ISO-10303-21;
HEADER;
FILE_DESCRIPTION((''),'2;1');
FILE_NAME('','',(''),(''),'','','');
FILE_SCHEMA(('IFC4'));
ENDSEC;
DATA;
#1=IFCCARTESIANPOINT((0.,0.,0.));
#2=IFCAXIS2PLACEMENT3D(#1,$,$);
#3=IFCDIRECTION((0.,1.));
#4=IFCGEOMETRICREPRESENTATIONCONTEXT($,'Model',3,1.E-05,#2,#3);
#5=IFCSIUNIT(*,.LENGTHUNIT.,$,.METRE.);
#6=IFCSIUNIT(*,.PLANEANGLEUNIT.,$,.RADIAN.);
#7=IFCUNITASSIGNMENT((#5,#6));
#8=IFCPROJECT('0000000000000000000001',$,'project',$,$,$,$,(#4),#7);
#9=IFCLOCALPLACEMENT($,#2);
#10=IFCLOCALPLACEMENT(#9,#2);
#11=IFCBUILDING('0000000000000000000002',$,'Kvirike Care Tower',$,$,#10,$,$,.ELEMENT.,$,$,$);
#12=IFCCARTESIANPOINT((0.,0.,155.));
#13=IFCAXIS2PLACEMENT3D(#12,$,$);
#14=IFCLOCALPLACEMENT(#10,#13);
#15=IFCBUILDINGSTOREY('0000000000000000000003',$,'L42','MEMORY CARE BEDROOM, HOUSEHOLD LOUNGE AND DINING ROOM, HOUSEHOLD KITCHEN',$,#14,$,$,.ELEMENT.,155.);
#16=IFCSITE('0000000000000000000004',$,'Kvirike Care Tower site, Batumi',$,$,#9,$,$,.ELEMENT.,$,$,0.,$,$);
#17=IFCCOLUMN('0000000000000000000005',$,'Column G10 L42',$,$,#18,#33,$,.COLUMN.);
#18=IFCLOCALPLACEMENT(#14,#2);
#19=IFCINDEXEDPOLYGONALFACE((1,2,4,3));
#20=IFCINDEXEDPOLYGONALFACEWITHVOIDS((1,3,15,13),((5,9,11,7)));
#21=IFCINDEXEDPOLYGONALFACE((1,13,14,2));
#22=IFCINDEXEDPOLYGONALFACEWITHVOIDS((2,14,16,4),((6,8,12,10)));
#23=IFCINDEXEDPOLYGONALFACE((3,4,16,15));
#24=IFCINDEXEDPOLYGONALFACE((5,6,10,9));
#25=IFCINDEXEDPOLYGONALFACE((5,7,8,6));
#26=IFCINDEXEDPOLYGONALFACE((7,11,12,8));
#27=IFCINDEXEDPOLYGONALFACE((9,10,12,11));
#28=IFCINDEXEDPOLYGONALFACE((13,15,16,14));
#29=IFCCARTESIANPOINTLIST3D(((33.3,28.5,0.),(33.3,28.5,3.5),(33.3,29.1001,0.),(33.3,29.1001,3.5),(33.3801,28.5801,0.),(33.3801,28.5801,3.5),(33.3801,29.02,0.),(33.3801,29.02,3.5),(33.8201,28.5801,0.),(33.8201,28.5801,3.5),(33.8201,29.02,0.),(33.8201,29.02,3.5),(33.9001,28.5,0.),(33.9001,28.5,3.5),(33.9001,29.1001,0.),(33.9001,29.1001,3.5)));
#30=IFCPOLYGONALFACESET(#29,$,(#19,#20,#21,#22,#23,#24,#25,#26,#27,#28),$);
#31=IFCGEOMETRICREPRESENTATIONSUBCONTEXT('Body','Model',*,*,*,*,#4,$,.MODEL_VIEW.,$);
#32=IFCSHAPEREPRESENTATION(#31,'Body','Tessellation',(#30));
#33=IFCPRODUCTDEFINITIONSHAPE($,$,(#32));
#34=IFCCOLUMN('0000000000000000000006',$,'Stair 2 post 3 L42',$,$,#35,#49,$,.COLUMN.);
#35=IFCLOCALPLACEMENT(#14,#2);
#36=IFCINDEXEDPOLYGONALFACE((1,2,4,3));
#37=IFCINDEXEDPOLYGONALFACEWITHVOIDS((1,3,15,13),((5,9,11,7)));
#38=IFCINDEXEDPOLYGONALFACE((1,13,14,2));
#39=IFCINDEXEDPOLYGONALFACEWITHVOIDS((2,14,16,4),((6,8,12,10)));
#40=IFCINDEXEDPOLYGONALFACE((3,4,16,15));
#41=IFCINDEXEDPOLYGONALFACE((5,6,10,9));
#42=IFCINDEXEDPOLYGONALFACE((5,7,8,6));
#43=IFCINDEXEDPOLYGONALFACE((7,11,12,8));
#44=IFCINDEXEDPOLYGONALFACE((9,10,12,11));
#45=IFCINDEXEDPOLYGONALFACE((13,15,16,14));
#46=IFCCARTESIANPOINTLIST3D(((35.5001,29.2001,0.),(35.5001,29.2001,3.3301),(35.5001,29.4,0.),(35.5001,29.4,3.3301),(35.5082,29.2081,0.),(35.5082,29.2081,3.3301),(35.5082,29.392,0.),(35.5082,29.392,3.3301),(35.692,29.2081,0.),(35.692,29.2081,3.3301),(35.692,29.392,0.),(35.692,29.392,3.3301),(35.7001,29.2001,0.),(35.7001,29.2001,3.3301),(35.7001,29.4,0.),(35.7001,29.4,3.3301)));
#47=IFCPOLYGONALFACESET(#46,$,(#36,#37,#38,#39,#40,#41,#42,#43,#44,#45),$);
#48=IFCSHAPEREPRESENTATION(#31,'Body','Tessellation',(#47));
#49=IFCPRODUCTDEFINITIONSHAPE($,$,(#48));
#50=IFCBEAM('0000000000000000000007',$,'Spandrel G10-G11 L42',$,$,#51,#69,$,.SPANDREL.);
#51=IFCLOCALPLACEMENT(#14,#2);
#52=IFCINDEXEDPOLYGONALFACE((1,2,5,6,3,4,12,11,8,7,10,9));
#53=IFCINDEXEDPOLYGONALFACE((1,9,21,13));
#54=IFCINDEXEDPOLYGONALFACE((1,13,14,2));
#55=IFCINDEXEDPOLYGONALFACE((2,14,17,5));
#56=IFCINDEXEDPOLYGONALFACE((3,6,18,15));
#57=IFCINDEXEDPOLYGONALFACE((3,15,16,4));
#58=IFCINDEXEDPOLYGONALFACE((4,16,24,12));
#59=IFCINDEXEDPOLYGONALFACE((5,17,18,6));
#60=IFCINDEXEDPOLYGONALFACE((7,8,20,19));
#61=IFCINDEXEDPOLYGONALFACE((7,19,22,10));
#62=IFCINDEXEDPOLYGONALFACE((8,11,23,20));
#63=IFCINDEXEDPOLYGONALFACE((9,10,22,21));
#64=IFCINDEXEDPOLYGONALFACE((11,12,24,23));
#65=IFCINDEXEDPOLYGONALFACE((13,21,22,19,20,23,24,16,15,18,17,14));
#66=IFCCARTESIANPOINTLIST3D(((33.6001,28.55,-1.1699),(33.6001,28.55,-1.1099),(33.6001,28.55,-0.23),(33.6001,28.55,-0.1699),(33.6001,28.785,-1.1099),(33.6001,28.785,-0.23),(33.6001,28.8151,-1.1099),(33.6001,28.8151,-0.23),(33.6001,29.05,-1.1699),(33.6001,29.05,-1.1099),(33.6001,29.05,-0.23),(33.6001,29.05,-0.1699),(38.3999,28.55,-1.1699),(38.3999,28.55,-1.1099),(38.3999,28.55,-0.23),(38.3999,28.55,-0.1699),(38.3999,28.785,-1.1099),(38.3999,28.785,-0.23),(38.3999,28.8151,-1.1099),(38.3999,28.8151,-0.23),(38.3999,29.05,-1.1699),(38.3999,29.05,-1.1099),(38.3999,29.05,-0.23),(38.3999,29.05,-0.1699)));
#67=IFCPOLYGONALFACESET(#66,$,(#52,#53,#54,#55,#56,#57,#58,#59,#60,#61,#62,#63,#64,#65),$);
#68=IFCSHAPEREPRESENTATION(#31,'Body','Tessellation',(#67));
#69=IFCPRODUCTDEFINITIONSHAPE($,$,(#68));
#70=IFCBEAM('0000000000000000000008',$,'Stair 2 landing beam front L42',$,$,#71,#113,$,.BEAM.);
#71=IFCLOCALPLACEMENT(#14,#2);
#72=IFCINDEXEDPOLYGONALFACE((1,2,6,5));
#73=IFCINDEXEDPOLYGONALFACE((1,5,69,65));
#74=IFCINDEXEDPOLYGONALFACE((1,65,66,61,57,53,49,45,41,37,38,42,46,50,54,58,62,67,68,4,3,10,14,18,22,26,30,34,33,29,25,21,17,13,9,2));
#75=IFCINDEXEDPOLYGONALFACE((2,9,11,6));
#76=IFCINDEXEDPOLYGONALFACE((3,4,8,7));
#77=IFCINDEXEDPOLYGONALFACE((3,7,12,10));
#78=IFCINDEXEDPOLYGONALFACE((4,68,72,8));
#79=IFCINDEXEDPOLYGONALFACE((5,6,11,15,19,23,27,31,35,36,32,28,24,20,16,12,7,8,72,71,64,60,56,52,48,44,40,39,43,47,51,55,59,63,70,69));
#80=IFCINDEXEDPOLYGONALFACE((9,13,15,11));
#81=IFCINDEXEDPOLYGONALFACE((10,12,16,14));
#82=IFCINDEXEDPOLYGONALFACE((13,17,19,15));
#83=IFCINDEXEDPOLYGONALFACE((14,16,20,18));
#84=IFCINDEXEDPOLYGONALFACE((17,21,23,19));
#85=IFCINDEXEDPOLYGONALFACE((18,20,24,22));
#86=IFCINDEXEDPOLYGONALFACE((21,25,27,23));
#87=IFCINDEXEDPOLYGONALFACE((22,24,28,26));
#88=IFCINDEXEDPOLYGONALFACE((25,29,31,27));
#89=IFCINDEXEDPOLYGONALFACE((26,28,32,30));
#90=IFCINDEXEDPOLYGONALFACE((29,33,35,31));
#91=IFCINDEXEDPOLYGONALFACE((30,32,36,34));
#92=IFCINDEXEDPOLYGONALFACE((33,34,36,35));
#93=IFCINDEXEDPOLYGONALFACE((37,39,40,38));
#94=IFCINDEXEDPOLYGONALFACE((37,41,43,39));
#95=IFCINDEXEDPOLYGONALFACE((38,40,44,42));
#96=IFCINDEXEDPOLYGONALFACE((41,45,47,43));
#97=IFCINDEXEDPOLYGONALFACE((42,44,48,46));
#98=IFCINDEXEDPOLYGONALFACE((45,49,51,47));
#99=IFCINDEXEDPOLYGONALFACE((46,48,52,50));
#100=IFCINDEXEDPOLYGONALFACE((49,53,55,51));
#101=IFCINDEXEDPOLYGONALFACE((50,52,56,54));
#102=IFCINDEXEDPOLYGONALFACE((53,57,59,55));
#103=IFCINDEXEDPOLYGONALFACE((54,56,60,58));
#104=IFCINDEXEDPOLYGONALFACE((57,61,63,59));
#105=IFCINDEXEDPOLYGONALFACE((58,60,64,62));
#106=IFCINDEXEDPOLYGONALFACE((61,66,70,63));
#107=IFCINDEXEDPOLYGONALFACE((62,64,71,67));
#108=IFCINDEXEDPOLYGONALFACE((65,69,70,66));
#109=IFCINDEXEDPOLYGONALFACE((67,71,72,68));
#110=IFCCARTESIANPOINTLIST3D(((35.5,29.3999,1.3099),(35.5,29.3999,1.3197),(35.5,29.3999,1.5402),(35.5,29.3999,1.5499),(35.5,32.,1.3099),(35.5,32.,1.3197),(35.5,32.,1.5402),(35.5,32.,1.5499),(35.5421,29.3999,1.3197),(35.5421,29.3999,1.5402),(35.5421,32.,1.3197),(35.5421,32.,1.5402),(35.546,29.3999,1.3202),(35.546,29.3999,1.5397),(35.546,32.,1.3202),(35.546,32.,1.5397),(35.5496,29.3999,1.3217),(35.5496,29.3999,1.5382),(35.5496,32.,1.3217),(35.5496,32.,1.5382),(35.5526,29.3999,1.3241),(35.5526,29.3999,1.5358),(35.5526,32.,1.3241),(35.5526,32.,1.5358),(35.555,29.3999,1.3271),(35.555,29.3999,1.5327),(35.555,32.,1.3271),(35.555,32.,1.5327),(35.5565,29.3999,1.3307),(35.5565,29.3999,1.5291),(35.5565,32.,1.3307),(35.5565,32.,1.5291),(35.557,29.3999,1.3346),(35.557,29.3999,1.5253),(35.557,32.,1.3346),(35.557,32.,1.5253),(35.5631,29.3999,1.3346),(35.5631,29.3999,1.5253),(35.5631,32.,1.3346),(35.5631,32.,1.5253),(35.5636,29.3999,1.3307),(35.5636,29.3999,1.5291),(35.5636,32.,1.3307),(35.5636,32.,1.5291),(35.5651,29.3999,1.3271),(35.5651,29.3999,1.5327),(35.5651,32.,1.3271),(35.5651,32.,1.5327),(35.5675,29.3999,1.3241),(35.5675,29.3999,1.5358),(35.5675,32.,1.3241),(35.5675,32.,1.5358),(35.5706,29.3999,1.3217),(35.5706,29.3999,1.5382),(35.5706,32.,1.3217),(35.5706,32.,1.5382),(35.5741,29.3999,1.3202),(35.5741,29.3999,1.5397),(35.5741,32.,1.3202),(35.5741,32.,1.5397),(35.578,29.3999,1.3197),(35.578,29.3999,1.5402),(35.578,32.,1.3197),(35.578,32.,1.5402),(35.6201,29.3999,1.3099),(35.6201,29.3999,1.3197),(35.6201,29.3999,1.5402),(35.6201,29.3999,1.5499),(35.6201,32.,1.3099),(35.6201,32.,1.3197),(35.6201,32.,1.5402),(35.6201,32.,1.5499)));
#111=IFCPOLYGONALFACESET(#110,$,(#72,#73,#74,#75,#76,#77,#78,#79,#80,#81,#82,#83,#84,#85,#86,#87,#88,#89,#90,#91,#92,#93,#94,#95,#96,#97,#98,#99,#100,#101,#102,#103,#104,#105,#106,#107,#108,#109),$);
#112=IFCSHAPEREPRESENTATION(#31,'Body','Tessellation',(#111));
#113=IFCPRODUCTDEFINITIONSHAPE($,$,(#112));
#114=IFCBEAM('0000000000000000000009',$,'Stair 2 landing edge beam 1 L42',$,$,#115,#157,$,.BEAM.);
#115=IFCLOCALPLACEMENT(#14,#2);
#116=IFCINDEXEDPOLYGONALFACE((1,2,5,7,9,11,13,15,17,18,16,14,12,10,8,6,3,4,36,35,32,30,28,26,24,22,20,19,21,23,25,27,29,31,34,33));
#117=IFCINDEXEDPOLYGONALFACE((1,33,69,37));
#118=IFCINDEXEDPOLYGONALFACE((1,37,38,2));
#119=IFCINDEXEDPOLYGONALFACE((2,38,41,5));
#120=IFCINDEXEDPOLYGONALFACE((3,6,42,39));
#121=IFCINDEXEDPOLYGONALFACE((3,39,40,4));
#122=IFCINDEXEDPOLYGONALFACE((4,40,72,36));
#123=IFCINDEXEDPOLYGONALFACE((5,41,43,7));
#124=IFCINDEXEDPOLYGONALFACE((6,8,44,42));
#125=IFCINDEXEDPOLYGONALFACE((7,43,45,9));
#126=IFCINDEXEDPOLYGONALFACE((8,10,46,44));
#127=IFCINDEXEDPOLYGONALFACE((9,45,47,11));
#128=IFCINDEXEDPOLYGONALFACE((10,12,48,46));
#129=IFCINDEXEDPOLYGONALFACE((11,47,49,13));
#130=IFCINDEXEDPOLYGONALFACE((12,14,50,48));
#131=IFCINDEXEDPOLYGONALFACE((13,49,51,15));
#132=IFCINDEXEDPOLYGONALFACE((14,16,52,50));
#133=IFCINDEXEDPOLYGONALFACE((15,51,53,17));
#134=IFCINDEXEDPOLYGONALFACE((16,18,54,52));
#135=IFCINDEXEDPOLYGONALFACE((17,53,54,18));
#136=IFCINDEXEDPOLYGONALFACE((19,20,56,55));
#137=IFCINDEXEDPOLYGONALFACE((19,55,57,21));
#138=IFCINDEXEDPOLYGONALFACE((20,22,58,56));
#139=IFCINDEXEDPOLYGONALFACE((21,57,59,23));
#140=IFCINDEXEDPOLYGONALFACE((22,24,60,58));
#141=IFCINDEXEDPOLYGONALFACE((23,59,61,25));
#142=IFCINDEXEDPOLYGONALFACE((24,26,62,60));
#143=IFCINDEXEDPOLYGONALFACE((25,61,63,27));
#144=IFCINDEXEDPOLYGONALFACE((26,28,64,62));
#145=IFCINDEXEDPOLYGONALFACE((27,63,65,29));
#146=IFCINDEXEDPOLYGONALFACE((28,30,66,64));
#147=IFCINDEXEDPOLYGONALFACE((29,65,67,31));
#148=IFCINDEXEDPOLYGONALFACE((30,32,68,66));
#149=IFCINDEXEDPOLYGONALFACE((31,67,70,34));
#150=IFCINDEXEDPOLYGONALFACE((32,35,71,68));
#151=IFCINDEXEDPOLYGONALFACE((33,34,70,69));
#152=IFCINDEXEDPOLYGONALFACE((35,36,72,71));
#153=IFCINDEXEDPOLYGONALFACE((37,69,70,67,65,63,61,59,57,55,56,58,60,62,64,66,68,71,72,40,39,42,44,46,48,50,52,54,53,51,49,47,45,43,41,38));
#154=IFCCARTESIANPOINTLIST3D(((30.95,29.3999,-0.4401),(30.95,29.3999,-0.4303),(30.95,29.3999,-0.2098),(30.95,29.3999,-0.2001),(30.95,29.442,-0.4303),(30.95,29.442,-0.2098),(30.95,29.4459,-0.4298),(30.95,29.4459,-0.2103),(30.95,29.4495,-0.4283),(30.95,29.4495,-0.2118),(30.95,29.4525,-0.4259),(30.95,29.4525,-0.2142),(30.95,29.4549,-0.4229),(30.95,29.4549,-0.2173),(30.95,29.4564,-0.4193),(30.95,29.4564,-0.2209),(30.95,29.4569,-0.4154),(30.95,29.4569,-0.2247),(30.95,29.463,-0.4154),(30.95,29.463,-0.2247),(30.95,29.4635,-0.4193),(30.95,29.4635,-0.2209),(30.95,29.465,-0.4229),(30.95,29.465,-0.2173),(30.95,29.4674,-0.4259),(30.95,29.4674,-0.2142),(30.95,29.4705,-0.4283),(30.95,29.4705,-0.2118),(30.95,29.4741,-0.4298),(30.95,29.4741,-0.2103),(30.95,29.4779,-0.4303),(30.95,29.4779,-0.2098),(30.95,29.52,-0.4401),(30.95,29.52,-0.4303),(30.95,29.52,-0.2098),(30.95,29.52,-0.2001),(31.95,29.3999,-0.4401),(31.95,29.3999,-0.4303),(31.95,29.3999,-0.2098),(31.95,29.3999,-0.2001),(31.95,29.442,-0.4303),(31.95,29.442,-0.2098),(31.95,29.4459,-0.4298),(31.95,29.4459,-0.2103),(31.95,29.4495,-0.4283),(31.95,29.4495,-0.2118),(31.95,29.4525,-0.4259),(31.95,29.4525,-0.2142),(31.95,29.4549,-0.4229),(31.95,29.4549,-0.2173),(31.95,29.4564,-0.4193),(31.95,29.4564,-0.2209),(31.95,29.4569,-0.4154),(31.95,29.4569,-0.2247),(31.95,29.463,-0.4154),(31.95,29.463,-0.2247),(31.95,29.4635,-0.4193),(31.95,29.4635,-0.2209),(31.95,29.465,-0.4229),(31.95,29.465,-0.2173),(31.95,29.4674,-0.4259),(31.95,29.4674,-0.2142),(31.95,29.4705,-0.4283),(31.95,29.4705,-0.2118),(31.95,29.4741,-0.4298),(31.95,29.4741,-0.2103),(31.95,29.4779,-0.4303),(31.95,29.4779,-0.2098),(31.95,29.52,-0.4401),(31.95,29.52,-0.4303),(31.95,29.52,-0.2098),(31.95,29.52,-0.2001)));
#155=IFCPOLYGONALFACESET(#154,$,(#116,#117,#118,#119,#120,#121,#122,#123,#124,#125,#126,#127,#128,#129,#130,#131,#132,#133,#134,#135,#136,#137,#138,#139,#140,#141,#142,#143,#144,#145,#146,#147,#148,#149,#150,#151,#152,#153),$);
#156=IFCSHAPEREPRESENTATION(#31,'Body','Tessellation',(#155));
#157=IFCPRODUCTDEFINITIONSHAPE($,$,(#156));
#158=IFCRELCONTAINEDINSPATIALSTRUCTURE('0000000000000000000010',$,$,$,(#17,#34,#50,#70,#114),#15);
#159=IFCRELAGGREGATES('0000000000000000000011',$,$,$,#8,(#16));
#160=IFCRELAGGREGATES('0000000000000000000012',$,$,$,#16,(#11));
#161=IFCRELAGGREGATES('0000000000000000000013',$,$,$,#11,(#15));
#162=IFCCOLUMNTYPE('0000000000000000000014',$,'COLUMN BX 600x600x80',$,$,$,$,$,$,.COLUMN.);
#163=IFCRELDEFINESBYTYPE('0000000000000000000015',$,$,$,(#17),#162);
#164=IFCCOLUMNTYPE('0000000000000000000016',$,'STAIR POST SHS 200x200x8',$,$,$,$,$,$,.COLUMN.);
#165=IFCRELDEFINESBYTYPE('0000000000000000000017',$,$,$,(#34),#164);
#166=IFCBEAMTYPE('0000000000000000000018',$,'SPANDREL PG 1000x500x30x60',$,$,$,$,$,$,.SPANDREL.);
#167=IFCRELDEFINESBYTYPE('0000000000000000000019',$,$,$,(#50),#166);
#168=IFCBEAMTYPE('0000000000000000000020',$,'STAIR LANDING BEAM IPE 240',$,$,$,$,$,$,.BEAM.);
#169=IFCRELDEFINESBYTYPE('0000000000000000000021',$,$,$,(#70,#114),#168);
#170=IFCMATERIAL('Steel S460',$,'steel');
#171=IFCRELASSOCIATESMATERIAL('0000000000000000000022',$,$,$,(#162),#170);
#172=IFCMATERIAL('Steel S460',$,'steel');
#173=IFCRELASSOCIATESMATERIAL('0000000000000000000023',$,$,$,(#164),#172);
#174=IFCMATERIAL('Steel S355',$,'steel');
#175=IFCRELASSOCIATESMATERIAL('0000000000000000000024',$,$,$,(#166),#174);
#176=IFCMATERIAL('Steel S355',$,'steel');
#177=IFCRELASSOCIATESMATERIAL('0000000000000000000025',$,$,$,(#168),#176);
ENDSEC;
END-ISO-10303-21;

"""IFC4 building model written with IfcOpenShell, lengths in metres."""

from ifc_helpers import new_model, si_unit, direction, frame, origin, origin_2d, place, context, subcontext, project, spatial, hollow_rectangle, i_section, extrude, material, material_profile, profile_set, type_object, element, save


model = new_model("IFC4")

# Units and contexts
model_context = context("Model", 3, precision=1e-05, world=origin(), true_north=direction((0.0, 1.0)))
body_context = subcontext(model_context, "Body", "Model", "MODEL_VIEW")
ifc_project = project(units=[si_unit("LENGTHUNIT", "METRE"), si_unit("PLANEANGLEUNIT", "RADIAN")], contexts=[model_context])

# Site, building, storey
site_placement = place(None, origin())
site = spatial("IfcSite", under=ifc_project, at=site_placement, Name="Kvirike Care Tower site, Batumi", CompositionType="ELEMENT", RefElevation=0.0)
building_placement = place(site_placement, origin())
building = spatial("IfcBuilding", under=site, at=building_placement, Name="Kvirike Care Tower", CompositionType="ELEMENT")
storey_placement = place(building_placement, frame((0.0, 0.0, 155.0)))
storey = spatial("IfcBuildingStorey", under=building, at=storey_placement, Name="L42", Description="MEMORY CARE BEDROOM, HOUSEHOLD LOUNGE AND DINING ROOM, HOUSEHOLD KITCHEN", CompositionType="ELEMENT", Elevation=155.0)

# Columns
ifc_material_1 = material(Name="Steel S460", Category="steel")
ifc_material_profile_1 = material_profile(ifc_material_1, hollow_rectangle(XDim=0.6001, YDim=0.6001, WallThickness=0.0801, at=origin_2d()), Name="BX 600x600x80")
ifc_profile_set_1 = profile_set([ifc_material_profile_1], Name="Steel S460")
column_type_1 = type_object("IfcColumnType", Name="COLUMN BX 600x600x80", PredefinedType="COLUMN", material=ifc_profile_set_1)
column_1_placement = place(storey_placement, frame((33.6001, 28.8, 0.0), z_axis=(0.0, 0.0, 1.0), x_axis=(0.0, 1.0, 0.0)))
element("IfcColumn", 1, at=column_1_placement, inside=storey, type_object=column_type_1, Name="Column G10 L42", PredefinedType="COLUMN", context=body_context, shape_type="SweptSolid", body=[
    extrude(hollow_rectangle(XDim=0.6001, YDim=0.6001, WallThickness=0.0801, at=origin_2d()), origin(), (0.0, 0.0, 1.0), 3.5),
])
ifc_material_2 = material(Name="Steel S460", Category="steel")
ifc_material_profile_2 = material_profile(ifc_material_2, hollow_rectangle(XDim=0.2, YDim=0.2, WallThickness=0.0081, at=origin_2d()), Name="SHS 200x200x8")
ifc_profile_set_2 = profile_set([ifc_material_profile_2], Name="Steel S460")
column_type_2 = type_object("IfcColumnType", Name="STAIR POST SHS 200x200x8", PredefinedType="COLUMN", material=ifc_profile_set_2)
column_2_placement = place(storey_placement, frame((35.6001, 29.3, 0.0), z_axis=(0.0, 0.0, 1.0), x_axis=(1.0, 0.0, 0.0)))
element("IfcColumn", 2, at=column_2_placement, inside=storey, type_object=column_type_2, Name="Stair 2 post 3 L42", PredefinedType="COLUMN", context=body_context, shape_type="SweptSolid", body=[
    extrude(hollow_rectangle(XDim=0.2, YDim=0.2, WallThickness=0.0081, at=origin_2d()), origin(), (0.0, 0.0, 1.0), 3.3301),
])

# Beams
ifc_material_3 = material(Name="Steel S355", Category="steel")
ifc_material_profile_3 = material_profile(ifc_material_3, i_section(OverallWidth=0.5, OverallDepth=1.0, WebThickness=0.03, FlangeThickness=0.0601, at=origin_2d()), Name="PG 1000x500x30x60")
ifc_profile_set_3 = profile_set([ifc_material_profile_3], Name="Steel S355")
beam_type_1 = type_object("IfcBeamType", Name="SPANDREL PG 1000x500x30x60", PredefinedType="SPANDREL", material=ifc_profile_set_3)
beam_1_placement = place(storey_placement, frame((33.6001, 28.8, -0.6699), z_axis=(1.0, 0.0, 0.0), x_axis=(0.0, 1.0, 0.0)))
element("IfcBeam", 3, at=beam_1_placement, inside=storey, type_object=beam_type_1, Name="Spandrel G10-G11 L42", PredefinedType="SPANDREL", context=body_context, shape_type="SweptSolid", body=[
    extrude(i_section(OverallWidth=0.5, OverallDepth=1.0, WebThickness=0.03, FlangeThickness=0.0601, at=origin_2d()), origin(), (0.0, 0.0, 1.0), 4.7998),
])
ifc_material_4 = material(Name="Steel S355", Category="steel")
ifc_material_profile_4 = material_profile(ifc_material_4, i_section(OverallWidth=0.1201, OverallDepth=0.24, WebThickness=0.0061, FlangeThickness=0.0098, FilletRadius=0.0149, at=origin_2d()), Name="IPE 240")
ifc_profile_set_4 = profile_set([ifc_material_profile_4], Name="Steel S355")
beam_type_2 = type_object("IfcBeamType", Name="STAIR LANDING BEAM IPE 240", PredefinedType="BEAM", material=ifc_profile_set_4)
beam_2_placement = place(storey_placement, frame((35.5601, 29.3999, 1.4299), z_axis=(0.0, 1.0, 0.0), x_axis=(-1.0, 0.0, 0.0)))
element("IfcBeam", 4, at=beam_2_placement, inside=storey, type_object=beam_type_2, Name="Stair 2 landing beam front L42", PredefinedType="BEAM", context=body_context, shape_type="SweptSolid", body=[
    extrude(i_section(OverallWidth=0.1201, OverallDepth=0.24, WebThickness=0.0061, FlangeThickness=0.0098, FilletRadius=0.0149, at=origin_2d()), origin(), (0.0, 0.0, 1.0), 2.6001),
])
for number, where, z_axis, x_axis, name in (
    (5, (31.95, 29.46, -0.3201), (-1.0, 0.0, 0.0), (0.0, -1.0, 0.0), "Stair 2 landing edge beam 1 L42"),
):
    element("IfcBeam", number, at=place(storey_placement, frame(where, z_axis=z_axis, x_axis=x_axis)), inside=storey, type_object=beam_type_2, Name=name, PredefinedType="BEAM", context=body_context, shape_type="SweptSolid", body=[
        extrude(i_section(OverallWidth=0.1201, OverallDepth=0.24, WebThickness=0.0061, FlangeThickness=0.0098, FilletRadius=0.0149, at=origin_2d()), origin(), (0.0, 0.0, 1.0), 1.0),
    ])

save(model, "model.ifc")
